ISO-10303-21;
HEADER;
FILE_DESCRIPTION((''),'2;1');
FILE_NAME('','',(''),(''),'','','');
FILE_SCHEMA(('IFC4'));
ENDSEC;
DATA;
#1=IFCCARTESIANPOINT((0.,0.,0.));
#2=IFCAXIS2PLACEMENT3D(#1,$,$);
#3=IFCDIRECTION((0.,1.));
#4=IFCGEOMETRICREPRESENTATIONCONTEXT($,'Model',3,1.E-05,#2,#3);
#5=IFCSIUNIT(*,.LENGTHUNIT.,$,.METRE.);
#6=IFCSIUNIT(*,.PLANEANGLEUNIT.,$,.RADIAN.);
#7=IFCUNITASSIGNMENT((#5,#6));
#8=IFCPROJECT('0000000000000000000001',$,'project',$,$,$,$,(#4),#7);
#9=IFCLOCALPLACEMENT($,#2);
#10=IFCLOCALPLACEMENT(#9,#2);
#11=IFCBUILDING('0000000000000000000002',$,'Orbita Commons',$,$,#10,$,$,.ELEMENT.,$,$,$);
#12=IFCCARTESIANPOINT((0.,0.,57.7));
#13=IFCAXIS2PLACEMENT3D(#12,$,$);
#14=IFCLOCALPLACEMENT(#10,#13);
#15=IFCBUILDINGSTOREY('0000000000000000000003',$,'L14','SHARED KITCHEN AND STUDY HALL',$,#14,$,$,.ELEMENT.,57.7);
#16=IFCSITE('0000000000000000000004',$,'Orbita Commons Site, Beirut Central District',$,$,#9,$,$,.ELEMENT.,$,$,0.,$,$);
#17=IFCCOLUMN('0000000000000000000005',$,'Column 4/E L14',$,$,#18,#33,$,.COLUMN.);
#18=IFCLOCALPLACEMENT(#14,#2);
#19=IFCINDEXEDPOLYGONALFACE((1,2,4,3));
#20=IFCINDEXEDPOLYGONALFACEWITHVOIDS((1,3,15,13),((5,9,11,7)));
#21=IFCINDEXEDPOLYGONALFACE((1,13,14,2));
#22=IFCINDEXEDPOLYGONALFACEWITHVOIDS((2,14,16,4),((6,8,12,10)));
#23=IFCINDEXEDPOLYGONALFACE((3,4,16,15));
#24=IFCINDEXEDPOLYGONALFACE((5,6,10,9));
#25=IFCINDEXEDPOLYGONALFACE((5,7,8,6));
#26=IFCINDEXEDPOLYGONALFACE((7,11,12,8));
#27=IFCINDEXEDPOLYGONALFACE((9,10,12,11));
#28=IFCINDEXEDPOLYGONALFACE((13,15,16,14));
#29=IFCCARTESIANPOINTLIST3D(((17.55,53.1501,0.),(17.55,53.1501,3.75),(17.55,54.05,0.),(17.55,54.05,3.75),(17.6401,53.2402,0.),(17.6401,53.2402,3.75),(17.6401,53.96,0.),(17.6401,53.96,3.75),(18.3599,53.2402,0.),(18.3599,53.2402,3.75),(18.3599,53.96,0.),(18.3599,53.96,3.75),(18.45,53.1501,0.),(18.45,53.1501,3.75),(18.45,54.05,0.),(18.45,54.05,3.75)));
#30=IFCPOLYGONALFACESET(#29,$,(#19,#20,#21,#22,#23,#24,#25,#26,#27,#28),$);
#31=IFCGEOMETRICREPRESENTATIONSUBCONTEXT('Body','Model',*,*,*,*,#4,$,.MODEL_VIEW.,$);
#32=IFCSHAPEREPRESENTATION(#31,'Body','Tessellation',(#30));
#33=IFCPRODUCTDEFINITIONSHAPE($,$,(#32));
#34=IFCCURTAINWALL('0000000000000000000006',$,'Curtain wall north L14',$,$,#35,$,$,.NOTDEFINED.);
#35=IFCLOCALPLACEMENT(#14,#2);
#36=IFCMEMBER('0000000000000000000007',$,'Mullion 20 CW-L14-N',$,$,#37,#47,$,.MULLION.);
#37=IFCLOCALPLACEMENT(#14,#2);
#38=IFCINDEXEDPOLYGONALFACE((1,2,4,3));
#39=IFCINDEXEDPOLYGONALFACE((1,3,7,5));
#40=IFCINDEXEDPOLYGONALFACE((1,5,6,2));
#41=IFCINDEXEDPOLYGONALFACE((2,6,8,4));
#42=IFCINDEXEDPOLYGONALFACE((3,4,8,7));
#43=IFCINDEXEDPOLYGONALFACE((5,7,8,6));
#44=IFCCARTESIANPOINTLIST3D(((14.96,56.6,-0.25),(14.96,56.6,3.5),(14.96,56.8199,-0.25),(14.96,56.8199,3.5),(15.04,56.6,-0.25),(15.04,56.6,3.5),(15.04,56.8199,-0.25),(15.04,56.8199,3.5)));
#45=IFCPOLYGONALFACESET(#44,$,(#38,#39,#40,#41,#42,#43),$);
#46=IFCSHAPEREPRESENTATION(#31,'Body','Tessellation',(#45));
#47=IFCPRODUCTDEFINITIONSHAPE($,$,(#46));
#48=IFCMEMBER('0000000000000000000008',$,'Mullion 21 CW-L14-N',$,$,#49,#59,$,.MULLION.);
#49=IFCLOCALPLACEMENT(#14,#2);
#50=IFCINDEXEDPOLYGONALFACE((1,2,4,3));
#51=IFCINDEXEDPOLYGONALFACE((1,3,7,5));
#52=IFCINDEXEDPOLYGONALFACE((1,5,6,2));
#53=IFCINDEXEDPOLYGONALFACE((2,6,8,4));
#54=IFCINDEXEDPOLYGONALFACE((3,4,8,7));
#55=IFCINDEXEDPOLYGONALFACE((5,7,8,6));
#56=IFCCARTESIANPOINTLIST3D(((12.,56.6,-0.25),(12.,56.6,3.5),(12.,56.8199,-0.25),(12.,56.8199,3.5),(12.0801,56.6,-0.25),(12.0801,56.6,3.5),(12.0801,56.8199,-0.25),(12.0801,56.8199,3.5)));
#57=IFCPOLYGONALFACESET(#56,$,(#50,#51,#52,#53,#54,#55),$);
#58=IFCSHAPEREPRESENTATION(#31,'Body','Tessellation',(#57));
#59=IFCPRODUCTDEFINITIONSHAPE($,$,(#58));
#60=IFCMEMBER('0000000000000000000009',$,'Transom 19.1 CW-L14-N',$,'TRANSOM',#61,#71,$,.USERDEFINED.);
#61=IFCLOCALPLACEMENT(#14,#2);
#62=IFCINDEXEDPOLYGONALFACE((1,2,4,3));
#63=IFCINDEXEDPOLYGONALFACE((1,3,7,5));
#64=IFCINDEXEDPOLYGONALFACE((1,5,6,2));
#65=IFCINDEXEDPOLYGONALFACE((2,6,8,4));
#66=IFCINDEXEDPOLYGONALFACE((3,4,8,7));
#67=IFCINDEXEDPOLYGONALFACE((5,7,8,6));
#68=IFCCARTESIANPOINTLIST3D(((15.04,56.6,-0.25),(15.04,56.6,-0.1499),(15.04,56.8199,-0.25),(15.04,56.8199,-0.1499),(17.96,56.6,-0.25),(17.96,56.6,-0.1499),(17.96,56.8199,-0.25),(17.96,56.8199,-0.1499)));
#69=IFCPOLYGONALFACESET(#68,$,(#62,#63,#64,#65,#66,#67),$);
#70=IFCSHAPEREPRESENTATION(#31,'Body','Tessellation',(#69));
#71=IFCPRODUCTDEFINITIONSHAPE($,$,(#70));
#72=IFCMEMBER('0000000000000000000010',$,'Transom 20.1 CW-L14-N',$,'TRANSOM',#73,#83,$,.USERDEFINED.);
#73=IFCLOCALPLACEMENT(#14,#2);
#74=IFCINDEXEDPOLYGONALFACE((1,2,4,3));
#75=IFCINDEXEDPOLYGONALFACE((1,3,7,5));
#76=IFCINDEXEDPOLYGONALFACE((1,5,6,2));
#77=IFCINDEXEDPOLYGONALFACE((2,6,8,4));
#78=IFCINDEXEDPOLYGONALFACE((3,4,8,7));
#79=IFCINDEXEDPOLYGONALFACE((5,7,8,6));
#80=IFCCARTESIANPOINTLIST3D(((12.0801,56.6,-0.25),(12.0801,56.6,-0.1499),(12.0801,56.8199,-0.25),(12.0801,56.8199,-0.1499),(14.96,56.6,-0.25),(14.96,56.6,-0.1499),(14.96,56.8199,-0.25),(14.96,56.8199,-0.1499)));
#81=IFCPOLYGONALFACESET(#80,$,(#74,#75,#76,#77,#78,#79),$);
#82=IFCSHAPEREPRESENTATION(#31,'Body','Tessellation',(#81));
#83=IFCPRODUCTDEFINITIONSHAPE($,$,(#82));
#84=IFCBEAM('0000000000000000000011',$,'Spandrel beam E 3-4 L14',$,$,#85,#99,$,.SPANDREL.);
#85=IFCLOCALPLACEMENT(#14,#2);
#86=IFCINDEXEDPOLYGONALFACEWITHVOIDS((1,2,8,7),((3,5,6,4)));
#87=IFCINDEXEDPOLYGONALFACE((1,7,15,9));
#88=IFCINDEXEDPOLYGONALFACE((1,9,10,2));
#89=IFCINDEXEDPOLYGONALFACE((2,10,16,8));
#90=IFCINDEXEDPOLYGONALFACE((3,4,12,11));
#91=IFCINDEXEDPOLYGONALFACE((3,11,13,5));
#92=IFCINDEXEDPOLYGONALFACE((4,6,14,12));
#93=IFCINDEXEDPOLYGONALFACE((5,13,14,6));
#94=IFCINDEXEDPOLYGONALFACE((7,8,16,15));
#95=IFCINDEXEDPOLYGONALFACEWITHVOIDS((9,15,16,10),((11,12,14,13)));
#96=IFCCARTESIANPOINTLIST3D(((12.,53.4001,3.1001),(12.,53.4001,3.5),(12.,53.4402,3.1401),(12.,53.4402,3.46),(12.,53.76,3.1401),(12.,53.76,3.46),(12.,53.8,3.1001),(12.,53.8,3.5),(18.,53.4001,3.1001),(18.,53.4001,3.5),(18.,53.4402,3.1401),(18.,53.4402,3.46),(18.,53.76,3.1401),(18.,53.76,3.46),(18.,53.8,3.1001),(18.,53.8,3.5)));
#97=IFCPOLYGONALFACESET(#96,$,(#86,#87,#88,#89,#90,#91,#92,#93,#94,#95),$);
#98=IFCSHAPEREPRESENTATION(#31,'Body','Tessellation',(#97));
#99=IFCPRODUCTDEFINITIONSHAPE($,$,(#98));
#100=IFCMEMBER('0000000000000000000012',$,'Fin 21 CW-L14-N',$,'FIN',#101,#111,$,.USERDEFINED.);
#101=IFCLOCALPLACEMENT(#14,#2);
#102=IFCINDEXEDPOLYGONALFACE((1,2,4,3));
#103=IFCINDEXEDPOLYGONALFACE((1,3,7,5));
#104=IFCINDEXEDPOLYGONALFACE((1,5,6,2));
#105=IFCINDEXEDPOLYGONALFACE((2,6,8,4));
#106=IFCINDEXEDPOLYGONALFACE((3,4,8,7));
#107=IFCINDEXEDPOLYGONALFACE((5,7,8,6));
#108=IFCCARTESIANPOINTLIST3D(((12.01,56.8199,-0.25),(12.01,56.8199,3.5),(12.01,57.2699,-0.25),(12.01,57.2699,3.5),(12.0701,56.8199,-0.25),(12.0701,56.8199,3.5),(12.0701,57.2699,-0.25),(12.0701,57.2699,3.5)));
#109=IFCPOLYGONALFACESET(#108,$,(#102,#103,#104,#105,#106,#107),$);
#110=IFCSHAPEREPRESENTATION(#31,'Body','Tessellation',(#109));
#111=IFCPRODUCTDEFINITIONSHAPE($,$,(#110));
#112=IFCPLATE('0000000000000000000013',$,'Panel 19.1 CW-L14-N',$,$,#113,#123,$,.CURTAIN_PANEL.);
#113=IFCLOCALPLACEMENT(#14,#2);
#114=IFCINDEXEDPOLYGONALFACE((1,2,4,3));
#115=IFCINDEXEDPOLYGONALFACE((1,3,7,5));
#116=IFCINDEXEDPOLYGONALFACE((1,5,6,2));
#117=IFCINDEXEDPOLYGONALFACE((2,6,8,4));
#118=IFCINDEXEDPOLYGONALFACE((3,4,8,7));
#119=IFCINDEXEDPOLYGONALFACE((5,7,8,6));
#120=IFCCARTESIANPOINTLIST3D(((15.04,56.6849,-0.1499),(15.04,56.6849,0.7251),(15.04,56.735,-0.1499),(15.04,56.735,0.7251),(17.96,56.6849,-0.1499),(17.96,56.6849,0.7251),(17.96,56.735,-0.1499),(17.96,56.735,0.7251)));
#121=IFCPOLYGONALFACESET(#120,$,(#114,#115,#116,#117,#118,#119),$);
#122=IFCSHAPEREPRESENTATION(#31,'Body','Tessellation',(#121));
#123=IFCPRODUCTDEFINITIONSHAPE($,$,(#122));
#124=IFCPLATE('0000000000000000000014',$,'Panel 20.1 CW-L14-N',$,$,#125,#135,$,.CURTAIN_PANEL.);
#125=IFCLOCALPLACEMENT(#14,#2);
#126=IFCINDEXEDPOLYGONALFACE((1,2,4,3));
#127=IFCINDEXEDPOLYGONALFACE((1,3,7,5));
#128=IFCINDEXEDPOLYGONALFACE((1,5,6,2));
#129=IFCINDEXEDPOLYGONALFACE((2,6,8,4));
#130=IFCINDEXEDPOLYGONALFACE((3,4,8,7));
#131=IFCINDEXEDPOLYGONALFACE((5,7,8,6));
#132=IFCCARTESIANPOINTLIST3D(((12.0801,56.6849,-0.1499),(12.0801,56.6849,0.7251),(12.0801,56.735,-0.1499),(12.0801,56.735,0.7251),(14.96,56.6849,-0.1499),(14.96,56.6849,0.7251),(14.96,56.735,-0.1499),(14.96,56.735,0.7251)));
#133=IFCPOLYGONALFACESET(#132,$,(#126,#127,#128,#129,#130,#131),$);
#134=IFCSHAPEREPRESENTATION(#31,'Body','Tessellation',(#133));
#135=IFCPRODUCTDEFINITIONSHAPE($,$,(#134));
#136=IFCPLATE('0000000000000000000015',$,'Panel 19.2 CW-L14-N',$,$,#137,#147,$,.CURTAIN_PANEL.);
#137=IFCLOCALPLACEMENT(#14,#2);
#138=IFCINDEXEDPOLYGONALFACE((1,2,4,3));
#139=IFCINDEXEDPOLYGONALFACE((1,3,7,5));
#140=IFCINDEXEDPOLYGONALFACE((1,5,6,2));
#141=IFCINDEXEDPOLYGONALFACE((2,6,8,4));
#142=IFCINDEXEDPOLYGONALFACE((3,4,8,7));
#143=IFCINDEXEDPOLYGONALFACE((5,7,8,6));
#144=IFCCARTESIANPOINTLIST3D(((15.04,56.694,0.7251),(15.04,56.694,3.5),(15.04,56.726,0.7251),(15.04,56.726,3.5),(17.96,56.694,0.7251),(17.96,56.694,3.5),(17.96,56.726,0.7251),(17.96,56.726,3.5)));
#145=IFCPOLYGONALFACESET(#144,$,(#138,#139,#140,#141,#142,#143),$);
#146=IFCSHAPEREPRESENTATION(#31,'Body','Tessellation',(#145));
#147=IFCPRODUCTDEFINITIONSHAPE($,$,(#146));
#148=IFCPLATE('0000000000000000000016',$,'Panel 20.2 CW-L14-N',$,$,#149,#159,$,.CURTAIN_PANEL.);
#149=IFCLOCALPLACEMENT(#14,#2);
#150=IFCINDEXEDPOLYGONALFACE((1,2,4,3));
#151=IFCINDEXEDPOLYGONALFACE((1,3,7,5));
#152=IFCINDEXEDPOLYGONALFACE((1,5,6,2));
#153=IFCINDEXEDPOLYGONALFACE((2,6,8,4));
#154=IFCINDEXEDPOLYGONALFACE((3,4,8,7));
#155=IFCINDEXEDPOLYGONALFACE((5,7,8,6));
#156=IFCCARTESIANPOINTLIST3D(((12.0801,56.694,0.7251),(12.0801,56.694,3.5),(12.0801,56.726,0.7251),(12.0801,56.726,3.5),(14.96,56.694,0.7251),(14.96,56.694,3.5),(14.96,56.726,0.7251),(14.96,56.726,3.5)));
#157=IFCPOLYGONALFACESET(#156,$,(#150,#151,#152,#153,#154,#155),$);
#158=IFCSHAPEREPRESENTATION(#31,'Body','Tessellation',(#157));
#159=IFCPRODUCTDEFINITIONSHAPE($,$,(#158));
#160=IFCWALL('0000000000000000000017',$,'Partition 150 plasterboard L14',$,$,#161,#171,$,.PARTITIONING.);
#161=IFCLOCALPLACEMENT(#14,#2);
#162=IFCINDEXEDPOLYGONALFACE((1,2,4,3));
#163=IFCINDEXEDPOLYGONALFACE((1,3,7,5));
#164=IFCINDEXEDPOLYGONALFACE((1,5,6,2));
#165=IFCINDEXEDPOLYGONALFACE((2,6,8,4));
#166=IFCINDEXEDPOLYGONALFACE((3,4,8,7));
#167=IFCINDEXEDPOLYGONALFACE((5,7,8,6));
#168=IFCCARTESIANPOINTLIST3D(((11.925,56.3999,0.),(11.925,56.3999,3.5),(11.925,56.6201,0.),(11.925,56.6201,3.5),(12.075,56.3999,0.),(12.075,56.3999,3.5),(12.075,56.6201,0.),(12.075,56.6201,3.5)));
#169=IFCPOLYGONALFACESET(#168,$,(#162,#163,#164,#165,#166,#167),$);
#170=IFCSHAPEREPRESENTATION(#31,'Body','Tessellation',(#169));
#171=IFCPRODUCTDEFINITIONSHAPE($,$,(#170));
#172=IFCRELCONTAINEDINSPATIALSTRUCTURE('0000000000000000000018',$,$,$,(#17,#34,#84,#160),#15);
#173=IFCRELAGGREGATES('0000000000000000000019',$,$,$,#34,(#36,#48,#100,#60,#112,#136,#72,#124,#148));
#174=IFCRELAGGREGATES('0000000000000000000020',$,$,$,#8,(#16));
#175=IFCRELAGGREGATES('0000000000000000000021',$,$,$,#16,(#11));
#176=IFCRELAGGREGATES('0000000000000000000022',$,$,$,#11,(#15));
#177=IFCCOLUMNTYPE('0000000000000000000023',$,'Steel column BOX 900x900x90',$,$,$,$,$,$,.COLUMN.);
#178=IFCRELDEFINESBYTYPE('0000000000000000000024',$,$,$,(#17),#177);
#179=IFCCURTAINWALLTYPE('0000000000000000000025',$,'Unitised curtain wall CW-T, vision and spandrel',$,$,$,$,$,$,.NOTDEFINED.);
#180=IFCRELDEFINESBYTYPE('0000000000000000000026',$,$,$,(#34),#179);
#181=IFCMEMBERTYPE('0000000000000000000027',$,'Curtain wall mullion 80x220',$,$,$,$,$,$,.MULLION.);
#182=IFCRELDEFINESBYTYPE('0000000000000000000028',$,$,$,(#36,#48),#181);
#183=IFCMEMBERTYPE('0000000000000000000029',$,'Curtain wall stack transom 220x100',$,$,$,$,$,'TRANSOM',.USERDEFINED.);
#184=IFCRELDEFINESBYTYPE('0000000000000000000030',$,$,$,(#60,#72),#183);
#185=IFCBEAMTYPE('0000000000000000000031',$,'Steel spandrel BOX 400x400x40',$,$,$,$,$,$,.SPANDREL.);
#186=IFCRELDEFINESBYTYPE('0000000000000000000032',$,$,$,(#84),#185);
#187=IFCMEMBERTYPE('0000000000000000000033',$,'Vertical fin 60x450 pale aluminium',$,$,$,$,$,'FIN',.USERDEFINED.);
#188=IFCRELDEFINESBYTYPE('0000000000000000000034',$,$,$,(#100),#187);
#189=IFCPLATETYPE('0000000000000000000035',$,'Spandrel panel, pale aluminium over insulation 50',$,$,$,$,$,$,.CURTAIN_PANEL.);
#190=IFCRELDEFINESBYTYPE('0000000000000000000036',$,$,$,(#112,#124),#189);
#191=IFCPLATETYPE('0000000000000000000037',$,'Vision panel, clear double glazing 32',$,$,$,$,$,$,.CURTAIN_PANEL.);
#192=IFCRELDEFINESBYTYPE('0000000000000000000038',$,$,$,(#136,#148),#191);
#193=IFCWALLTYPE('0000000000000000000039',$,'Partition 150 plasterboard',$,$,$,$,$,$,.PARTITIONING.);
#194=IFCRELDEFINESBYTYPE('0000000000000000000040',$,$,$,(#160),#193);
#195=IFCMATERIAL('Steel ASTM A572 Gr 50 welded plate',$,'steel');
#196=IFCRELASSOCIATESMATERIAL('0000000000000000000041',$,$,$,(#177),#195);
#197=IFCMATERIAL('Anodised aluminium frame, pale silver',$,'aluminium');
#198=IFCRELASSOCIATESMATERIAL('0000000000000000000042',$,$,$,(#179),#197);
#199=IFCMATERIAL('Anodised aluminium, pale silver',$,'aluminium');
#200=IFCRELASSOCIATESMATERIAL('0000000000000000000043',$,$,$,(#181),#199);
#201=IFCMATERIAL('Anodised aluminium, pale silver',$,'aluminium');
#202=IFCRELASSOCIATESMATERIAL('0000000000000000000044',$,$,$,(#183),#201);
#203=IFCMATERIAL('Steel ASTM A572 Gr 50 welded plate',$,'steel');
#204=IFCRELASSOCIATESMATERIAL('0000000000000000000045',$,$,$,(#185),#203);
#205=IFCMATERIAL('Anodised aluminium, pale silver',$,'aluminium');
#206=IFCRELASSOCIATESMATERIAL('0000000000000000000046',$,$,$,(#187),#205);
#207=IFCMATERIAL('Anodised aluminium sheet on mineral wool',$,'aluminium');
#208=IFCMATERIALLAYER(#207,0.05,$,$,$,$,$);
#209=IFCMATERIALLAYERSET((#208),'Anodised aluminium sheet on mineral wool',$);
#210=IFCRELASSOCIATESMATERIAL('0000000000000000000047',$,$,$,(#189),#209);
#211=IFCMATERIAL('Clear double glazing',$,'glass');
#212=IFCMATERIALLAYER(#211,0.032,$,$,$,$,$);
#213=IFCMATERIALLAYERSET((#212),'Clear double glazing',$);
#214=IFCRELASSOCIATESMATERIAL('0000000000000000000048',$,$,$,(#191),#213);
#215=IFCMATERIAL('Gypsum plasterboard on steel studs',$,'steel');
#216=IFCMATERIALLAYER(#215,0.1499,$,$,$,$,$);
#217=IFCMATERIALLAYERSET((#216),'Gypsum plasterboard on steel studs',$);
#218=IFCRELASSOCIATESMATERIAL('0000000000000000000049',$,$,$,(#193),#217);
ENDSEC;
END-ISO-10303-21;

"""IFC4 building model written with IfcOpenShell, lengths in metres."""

from ifc_helpers import new_model, si_unit, direction, frame, frame_2d, origin, origin_2d, place, context, subcontext, project, spatial, rectangle, hollow_rectangle, extrude, material, layer, layer_set, material_profile, profile_set, type_object, element, aggregate, save


model = new_model("IFC4")

# Units and contexts
model_context = context("Model", 3, precision=1e-05, world=origin(), true_north=direction((0.0, 1.0)))
body_context = subcontext(model_context, "Body", "Model", "MODEL_VIEW")
ifc_project = project(units=[si_unit("LENGTHUNIT", "METRE"), si_unit("PLANEANGLEUNIT", "RADIAN")], contexts=[model_context])

# Site, building, storey
site_placement = place(None, origin())
site = spatial("IfcSite", under=ifc_project, at=site_placement, Name="Orbita Commons Site, Beirut Central District", CompositionType="ELEMENT", RefElevation=0.0)
building_placement = place(site_placement, origin())
building = spatial("IfcBuilding", under=site, at=building_placement, Name="Orbita Commons", CompositionType="ELEMENT")
storey_placement = place(building_placement, frame((0.0, 0.0, 57.7)))
storey = spatial("IfcBuildingStorey", under=building, at=storey_placement, Name="L14", Description="SHARED KITCHEN AND STUDY HALL", CompositionType="ELEMENT", Elevation=57.7)

# Column
ifc_material_1 = material(Name="Steel ASTM A572 Gr 50 welded plate", Category="steel")
ifc_material_profile_1 = material_profile(ifc_material_1, hollow_rectangle(XDim=0.8999, YDim=0.8999, WallThickness=0.0901, at=origin_2d()), Name="BOX 900x900x90")
ifc_profile_set_1 = profile_set([ifc_material_profile_1], Name="Steel ASTM A572 Gr 50 welded plate")
column_type = type_object("IfcColumnType", Name="Steel column BOX 900x900x90", PredefinedType="COLUMN", material=ifc_profile_set_1)
column_placement = place(storey_placement, frame((18.0, 53.6001, 0.0), z_axis=(0.0, 0.0, 1.0), x_axis=(1.0, 0.0, 0.0)))
element("IfcColumn", 1, at=column_placement, inside=storey, type_object=column_type, Name="Column 4/E L14", PredefinedType="COLUMN", context=body_context, shape_type="SweptSolid", body=[
    extrude(hollow_rectangle(XDim=0.8999, YDim=0.8999, WallThickness=0.0901, at=origin_2d()), origin(), (0.0, 0.0, 1.0), 3.75),
])

# Curtain wall, members
ifc_material_2 = material(Name="Anodised aluminium frame, pale silver", Category="aluminium")
curtain_wall_type = type_object("IfcCurtainWallType", Name="Unitised curtain wall CW-T, vision and spandrel", PredefinedType="NOTDEFINED", material=ifc_material_2)
curtain_wall_placement = place(storey_placement, origin())
curtain_wall = element("IfcCurtainWall", 2, at=curtain_wall_placement, inside=storey, type_object=curtain_wall_type, Name="Curtain wall north L14", PredefinedType="NOTDEFINED")
ifc_material_3 = material(Name="Anodised aluminium, pale silver", Category="aluminium")
ifc_material_profile_2 = material_profile(ifc_material_3, rectangle(XDim=0.0801, YDim=0.22, at=origin_2d()), Name="AL 80x220")
ifc_profile_set_2 = profile_set([ifc_material_profile_2], Name="Anodised aluminium, pale silver")
member_type_1 = type_object("IfcMemberType", Name="Curtain wall mullion 80x220", PredefinedType="MULLION", material=ifc_profile_set_2)
member_1_placement = place(storey_placement, frame((15.0, 56.71, -0.25), z_axis=(0.0, 0.0, 1.0), x_axis=(-1.0, 0.0, 0.0)))
member_1 = element("IfcMember", 3, at=member_1_placement, type_object=member_type_1, Name="Mullion 20 CW-L14-N", PredefinedType="MULLION", context=body_context, shape_type="SweptSolid", body=[
    extrude(rectangle(XDim=0.0801, YDim=0.22, at=origin_2d()), origin(), (0.0, 0.0, 1.0), 3.75),
])
member_2_placement = place(storey_placement, frame((12.04, 56.71, -0.25), z_axis=(0.0, 0.0, 1.0), x_axis=(-1.0, 0.0, 0.0)))
member_2 = element("IfcMember", 4, at=member_2_placement, type_object=member_type_1, Name="Mullion 21 CW-L14-N", PredefinedType="MULLION", context=body_context, shape_type="SweptSolid", body=[
    extrude(rectangle(XDim=0.0801, YDim=0.22, at=origin_2d()), origin(), (0.0, 0.0, 1.0), 3.75),
])
ifc_material_4 = material(Name="Anodised aluminium, pale silver", Category="aluminium")
ifc_material_profile_3 = material_profile(ifc_material_4, rectangle(XDim=0.22, YDim=0.1001, at=origin_2d()), Name="AL 220x100")
ifc_profile_set_3 = profile_set([ifc_material_profile_3], Name="Anodised aluminium, pale silver")
member_type_2 = type_object("IfcMemberType", Name="Curtain wall stack transom 220x100", ElementType="TRANSOM", PredefinedType="USERDEFINED", material=ifc_profile_set_3)
member_3_placement = place(storey_placement, frame((17.96, 56.71, -0.2), z_axis=(-1.0, 0.0, 0.0), x_axis=(0.0, -1.0, 0.0)))
member_3 = element("IfcMember", 5, at=member_3_placement, type_object=member_type_2, Name="Transom 19.1 CW-L14-N", ObjectType="TRANSOM", PredefinedType="USERDEFINED", context=body_context, shape_type="SweptSolid", body=[
    extrude(rectangle(XDim=0.22, YDim=0.1001, at=origin_2d()), origin(), (0.0, 0.0, 1.0), 2.9199),
])
member_4_placement = place(storey_placement, frame((14.96, 56.71, -0.2), z_axis=(-1.0, 0.0, 0.0), x_axis=(0.0, -1.0, 0.0)))
member_4 = element("IfcMember", 6, at=member_4_placement, type_object=member_type_2, Name="Transom 20.1 CW-L14-N", ObjectType="TRANSOM", PredefinedType="USERDEFINED", context=body_context, shape_type="SweptSolid", body=[
    extrude(rectangle(XDim=0.22, YDim=0.1001, at=origin_2d()), origin(), (0.0, 0.0, 1.0), 2.8799),
])

# Beam
ifc_material_5 = material(Name="Steel ASTM A572 Gr 50 welded plate", Category="steel")
ifc_material_profile_4 = material_profile(ifc_material_5, hollow_rectangle(XDim=0.3999, YDim=0.3999, WallThickness=0.04, at=origin_2d()), Name="BOX 400x400x40")
ifc_profile_set_4 = profile_set([ifc_material_profile_4], Name="Steel ASTM A572 Gr 50 welded plate")
beam_type = type_object("IfcBeamType", Name="Steel spandrel BOX 400x400x40", PredefinedType="SPANDREL", material=ifc_profile_set_4)
beam_placement = place(storey_placement, frame((12.0, 53.6001, 3.3), z_axis=(1.0, 0.0, 0.0), x_axis=(0.0, 1.0, 0.0)))
element("IfcBeam", 7, at=beam_placement, inside=storey, type_object=beam_type, Name="Spandrel beam E 3-4 L14", PredefinedType="SPANDREL", context=body_context, shape_type="SweptSolid", body=[
    extrude(hollow_rectangle(XDim=0.3999, YDim=0.3999, WallThickness=0.04, at=origin_2d()), origin(), (0.0, 0.0, 1.0), 6.0),
])

# Member
ifc_material_6 = material(Name="Anodised aluminium, pale silver", Category="aluminium")
ifc_material_profile_5 = material_profile(ifc_material_6, rectangle(XDim=0.0601, YDim=0.45, at=origin_2d()), Name="FIN 60x450")
ifc_profile_set_5 = profile_set([ifc_material_profile_5], Name="Anodised aluminium, pale silver")
member_type_3 = type_object("IfcMemberType", Name="Vertical fin 60x450 pale aluminium", ElementType="FIN", PredefinedType="USERDEFINED", material=ifc_profile_set_5)
member_5_placement = place(storey_placement, frame((12.04, 57.0449, -0.25), z_axis=(0.0, 0.0, 1.0), x_axis=(-1.0, 0.0, 0.0)))
member_5 = element("IfcMember", 8, at=member_5_placement, type_object=member_type_3, Name="Fin 21 CW-L14-N", ObjectType="FIN", PredefinedType="USERDEFINED", context=body_context, shape_type="SweptSolid", body=[
    extrude(rectangle(XDim=0.0601, YDim=0.45, at=origin_2d()), origin(), (0.0, 0.0, 1.0), 3.75),
])

# Plates
ifc_material_7 = material(Name="Anodised aluminium sheet on mineral wool", Category="aluminium")
ifc_layer_1 = layer(ifc_material_7, 0.05)
ifc_layer_set_1 = layer_set([ifc_layer_1], Name="Anodised aluminium sheet on mineral wool")
plate_type_1 = type_object("IfcPlateType", Name="Spandrel panel, pale aluminium over insulation 50", PredefinedType="CURTAIN_PANEL", material=ifc_layer_set_1)
plate_1_placement = place(storey_placement, frame((16.5, 56.71, -0.1499), z_axis=(0.0, 0.0, 1.0), x_axis=(-1.0, 0.0, 0.0)))
plate_1 = element("IfcPlate", 9, at=plate_1_placement, type_object=plate_type_1, Name="Panel 19.1 CW-L14-N", PredefinedType="CURTAIN_PANEL", context=body_context, shape_type="SweptSolid", body=[
    extrude(rectangle(XDim=2.9199, YDim=0.05, at=origin_2d()), origin(), (0.0, 0.0, 1.0), 0.875),
])
plate_2_placement = place(storey_placement, frame((13.52, 56.71, -0.1499), z_axis=(0.0, 0.0, 1.0), x_axis=(-1.0, 0.0, 0.0)))
plate_2 = element("IfcPlate", 10, at=plate_2_placement, type_object=plate_type_1, Name="Panel 20.1 CW-L14-N", PredefinedType="CURTAIN_PANEL", context=body_context, shape_type="SweptSolid", body=[
    extrude(rectangle(XDim=2.8799, YDim=0.05, at=origin_2d()), origin(), (0.0, 0.0, 1.0), 0.875),
])
ifc_material_8 = material(Name="Clear double glazing", Category="glass")
ifc_layer_2 = layer(ifc_material_8, 0.032)
ifc_layer_set_2 = layer_set([ifc_layer_2], Name="Clear double glazing")
plate_type_2 = type_object("IfcPlateType", Name="Vision panel, clear double glazing 32", PredefinedType="CURTAIN_PANEL", material=ifc_layer_set_2)
plate_3_placement = place(storey_placement, frame((16.5, 56.71, 0.7251), z_axis=(0.0, 0.0, 1.0), x_axis=(-1.0, 0.0, 0.0)))
plate_3 = element("IfcPlate", 11, at=plate_3_placement, type_object=plate_type_2, Name="Panel 19.2 CW-L14-N", PredefinedType="CURTAIN_PANEL", context=body_context, shape_type="SweptSolid", body=[
    extrude(rectangle(XDim=2.9199, YDim=0.032, at=origin_2d()), origin(), (0.0, 0.0, 1.0), 2.7749),
])
plate_4_placement = place(storey_placement, frame((13.52, 56.71, 0.7251), z_axis=(0.0, 0.0, 1.0), x_axis=(-1.0, 0.0, 0.0)))
plate_4 = element("IfcPlate", 12, at=plate_4_placement, type_object=plate_type_2, Name="Panel 20.2 CW-L14-N", PredefinedType="CURTAIN_PANEL", context=body_context, shape_type="SweptSolid", body=[
    extrude(rectangle(XDim=2.8799, YDim=0.032, at=origin_2d()), origin(), (0.0, 0.0, 1.0), 2.7749),
])
aggregate(curtain_wall, [member_1, member_2, member_5, member_3, plate_1, plate_3, member_4, plate_2, plate_4])

# Wall
ifc_material_9 = material(Name="Gypsum plasterboard on steel studs", Category="steel")
ifc_layer_3 = layer(ifc_material_9, 0.1499)
ifc_layer_set_3 = layer_set([ifc_layer_3], Name="Gypsum plasterboard on steel studs")
wall_type_1 = type_object("IfcWallType", Name="Partition 150 plasterboard", PredefinedType="PARTITIONING", material=ifc_layer_set_3)
wall_1_placement = place(storey_placement, frame((12.0, 56.3999, 0.0), z_axis=(0.0, 0.0, 1.0), x_axis=(0.0, 1.0, 0.0)))
element("IfcWall", 13, at=wall_1_placement, inside=storey, type_object=wall_type_1, Name="Partition 150 plasterboard L14", PredefinedType="PARTITIONING", context=body_context, shape_type="SweptSolid", body=[
    extrude(rectangle(XDim=0.2202, YDim=0.1499, at=frame_2d((0.1101, 0.0))), origin(), (0.0, 0.0, 1.0), 3.5),
])

save(model, "model.ifc")
